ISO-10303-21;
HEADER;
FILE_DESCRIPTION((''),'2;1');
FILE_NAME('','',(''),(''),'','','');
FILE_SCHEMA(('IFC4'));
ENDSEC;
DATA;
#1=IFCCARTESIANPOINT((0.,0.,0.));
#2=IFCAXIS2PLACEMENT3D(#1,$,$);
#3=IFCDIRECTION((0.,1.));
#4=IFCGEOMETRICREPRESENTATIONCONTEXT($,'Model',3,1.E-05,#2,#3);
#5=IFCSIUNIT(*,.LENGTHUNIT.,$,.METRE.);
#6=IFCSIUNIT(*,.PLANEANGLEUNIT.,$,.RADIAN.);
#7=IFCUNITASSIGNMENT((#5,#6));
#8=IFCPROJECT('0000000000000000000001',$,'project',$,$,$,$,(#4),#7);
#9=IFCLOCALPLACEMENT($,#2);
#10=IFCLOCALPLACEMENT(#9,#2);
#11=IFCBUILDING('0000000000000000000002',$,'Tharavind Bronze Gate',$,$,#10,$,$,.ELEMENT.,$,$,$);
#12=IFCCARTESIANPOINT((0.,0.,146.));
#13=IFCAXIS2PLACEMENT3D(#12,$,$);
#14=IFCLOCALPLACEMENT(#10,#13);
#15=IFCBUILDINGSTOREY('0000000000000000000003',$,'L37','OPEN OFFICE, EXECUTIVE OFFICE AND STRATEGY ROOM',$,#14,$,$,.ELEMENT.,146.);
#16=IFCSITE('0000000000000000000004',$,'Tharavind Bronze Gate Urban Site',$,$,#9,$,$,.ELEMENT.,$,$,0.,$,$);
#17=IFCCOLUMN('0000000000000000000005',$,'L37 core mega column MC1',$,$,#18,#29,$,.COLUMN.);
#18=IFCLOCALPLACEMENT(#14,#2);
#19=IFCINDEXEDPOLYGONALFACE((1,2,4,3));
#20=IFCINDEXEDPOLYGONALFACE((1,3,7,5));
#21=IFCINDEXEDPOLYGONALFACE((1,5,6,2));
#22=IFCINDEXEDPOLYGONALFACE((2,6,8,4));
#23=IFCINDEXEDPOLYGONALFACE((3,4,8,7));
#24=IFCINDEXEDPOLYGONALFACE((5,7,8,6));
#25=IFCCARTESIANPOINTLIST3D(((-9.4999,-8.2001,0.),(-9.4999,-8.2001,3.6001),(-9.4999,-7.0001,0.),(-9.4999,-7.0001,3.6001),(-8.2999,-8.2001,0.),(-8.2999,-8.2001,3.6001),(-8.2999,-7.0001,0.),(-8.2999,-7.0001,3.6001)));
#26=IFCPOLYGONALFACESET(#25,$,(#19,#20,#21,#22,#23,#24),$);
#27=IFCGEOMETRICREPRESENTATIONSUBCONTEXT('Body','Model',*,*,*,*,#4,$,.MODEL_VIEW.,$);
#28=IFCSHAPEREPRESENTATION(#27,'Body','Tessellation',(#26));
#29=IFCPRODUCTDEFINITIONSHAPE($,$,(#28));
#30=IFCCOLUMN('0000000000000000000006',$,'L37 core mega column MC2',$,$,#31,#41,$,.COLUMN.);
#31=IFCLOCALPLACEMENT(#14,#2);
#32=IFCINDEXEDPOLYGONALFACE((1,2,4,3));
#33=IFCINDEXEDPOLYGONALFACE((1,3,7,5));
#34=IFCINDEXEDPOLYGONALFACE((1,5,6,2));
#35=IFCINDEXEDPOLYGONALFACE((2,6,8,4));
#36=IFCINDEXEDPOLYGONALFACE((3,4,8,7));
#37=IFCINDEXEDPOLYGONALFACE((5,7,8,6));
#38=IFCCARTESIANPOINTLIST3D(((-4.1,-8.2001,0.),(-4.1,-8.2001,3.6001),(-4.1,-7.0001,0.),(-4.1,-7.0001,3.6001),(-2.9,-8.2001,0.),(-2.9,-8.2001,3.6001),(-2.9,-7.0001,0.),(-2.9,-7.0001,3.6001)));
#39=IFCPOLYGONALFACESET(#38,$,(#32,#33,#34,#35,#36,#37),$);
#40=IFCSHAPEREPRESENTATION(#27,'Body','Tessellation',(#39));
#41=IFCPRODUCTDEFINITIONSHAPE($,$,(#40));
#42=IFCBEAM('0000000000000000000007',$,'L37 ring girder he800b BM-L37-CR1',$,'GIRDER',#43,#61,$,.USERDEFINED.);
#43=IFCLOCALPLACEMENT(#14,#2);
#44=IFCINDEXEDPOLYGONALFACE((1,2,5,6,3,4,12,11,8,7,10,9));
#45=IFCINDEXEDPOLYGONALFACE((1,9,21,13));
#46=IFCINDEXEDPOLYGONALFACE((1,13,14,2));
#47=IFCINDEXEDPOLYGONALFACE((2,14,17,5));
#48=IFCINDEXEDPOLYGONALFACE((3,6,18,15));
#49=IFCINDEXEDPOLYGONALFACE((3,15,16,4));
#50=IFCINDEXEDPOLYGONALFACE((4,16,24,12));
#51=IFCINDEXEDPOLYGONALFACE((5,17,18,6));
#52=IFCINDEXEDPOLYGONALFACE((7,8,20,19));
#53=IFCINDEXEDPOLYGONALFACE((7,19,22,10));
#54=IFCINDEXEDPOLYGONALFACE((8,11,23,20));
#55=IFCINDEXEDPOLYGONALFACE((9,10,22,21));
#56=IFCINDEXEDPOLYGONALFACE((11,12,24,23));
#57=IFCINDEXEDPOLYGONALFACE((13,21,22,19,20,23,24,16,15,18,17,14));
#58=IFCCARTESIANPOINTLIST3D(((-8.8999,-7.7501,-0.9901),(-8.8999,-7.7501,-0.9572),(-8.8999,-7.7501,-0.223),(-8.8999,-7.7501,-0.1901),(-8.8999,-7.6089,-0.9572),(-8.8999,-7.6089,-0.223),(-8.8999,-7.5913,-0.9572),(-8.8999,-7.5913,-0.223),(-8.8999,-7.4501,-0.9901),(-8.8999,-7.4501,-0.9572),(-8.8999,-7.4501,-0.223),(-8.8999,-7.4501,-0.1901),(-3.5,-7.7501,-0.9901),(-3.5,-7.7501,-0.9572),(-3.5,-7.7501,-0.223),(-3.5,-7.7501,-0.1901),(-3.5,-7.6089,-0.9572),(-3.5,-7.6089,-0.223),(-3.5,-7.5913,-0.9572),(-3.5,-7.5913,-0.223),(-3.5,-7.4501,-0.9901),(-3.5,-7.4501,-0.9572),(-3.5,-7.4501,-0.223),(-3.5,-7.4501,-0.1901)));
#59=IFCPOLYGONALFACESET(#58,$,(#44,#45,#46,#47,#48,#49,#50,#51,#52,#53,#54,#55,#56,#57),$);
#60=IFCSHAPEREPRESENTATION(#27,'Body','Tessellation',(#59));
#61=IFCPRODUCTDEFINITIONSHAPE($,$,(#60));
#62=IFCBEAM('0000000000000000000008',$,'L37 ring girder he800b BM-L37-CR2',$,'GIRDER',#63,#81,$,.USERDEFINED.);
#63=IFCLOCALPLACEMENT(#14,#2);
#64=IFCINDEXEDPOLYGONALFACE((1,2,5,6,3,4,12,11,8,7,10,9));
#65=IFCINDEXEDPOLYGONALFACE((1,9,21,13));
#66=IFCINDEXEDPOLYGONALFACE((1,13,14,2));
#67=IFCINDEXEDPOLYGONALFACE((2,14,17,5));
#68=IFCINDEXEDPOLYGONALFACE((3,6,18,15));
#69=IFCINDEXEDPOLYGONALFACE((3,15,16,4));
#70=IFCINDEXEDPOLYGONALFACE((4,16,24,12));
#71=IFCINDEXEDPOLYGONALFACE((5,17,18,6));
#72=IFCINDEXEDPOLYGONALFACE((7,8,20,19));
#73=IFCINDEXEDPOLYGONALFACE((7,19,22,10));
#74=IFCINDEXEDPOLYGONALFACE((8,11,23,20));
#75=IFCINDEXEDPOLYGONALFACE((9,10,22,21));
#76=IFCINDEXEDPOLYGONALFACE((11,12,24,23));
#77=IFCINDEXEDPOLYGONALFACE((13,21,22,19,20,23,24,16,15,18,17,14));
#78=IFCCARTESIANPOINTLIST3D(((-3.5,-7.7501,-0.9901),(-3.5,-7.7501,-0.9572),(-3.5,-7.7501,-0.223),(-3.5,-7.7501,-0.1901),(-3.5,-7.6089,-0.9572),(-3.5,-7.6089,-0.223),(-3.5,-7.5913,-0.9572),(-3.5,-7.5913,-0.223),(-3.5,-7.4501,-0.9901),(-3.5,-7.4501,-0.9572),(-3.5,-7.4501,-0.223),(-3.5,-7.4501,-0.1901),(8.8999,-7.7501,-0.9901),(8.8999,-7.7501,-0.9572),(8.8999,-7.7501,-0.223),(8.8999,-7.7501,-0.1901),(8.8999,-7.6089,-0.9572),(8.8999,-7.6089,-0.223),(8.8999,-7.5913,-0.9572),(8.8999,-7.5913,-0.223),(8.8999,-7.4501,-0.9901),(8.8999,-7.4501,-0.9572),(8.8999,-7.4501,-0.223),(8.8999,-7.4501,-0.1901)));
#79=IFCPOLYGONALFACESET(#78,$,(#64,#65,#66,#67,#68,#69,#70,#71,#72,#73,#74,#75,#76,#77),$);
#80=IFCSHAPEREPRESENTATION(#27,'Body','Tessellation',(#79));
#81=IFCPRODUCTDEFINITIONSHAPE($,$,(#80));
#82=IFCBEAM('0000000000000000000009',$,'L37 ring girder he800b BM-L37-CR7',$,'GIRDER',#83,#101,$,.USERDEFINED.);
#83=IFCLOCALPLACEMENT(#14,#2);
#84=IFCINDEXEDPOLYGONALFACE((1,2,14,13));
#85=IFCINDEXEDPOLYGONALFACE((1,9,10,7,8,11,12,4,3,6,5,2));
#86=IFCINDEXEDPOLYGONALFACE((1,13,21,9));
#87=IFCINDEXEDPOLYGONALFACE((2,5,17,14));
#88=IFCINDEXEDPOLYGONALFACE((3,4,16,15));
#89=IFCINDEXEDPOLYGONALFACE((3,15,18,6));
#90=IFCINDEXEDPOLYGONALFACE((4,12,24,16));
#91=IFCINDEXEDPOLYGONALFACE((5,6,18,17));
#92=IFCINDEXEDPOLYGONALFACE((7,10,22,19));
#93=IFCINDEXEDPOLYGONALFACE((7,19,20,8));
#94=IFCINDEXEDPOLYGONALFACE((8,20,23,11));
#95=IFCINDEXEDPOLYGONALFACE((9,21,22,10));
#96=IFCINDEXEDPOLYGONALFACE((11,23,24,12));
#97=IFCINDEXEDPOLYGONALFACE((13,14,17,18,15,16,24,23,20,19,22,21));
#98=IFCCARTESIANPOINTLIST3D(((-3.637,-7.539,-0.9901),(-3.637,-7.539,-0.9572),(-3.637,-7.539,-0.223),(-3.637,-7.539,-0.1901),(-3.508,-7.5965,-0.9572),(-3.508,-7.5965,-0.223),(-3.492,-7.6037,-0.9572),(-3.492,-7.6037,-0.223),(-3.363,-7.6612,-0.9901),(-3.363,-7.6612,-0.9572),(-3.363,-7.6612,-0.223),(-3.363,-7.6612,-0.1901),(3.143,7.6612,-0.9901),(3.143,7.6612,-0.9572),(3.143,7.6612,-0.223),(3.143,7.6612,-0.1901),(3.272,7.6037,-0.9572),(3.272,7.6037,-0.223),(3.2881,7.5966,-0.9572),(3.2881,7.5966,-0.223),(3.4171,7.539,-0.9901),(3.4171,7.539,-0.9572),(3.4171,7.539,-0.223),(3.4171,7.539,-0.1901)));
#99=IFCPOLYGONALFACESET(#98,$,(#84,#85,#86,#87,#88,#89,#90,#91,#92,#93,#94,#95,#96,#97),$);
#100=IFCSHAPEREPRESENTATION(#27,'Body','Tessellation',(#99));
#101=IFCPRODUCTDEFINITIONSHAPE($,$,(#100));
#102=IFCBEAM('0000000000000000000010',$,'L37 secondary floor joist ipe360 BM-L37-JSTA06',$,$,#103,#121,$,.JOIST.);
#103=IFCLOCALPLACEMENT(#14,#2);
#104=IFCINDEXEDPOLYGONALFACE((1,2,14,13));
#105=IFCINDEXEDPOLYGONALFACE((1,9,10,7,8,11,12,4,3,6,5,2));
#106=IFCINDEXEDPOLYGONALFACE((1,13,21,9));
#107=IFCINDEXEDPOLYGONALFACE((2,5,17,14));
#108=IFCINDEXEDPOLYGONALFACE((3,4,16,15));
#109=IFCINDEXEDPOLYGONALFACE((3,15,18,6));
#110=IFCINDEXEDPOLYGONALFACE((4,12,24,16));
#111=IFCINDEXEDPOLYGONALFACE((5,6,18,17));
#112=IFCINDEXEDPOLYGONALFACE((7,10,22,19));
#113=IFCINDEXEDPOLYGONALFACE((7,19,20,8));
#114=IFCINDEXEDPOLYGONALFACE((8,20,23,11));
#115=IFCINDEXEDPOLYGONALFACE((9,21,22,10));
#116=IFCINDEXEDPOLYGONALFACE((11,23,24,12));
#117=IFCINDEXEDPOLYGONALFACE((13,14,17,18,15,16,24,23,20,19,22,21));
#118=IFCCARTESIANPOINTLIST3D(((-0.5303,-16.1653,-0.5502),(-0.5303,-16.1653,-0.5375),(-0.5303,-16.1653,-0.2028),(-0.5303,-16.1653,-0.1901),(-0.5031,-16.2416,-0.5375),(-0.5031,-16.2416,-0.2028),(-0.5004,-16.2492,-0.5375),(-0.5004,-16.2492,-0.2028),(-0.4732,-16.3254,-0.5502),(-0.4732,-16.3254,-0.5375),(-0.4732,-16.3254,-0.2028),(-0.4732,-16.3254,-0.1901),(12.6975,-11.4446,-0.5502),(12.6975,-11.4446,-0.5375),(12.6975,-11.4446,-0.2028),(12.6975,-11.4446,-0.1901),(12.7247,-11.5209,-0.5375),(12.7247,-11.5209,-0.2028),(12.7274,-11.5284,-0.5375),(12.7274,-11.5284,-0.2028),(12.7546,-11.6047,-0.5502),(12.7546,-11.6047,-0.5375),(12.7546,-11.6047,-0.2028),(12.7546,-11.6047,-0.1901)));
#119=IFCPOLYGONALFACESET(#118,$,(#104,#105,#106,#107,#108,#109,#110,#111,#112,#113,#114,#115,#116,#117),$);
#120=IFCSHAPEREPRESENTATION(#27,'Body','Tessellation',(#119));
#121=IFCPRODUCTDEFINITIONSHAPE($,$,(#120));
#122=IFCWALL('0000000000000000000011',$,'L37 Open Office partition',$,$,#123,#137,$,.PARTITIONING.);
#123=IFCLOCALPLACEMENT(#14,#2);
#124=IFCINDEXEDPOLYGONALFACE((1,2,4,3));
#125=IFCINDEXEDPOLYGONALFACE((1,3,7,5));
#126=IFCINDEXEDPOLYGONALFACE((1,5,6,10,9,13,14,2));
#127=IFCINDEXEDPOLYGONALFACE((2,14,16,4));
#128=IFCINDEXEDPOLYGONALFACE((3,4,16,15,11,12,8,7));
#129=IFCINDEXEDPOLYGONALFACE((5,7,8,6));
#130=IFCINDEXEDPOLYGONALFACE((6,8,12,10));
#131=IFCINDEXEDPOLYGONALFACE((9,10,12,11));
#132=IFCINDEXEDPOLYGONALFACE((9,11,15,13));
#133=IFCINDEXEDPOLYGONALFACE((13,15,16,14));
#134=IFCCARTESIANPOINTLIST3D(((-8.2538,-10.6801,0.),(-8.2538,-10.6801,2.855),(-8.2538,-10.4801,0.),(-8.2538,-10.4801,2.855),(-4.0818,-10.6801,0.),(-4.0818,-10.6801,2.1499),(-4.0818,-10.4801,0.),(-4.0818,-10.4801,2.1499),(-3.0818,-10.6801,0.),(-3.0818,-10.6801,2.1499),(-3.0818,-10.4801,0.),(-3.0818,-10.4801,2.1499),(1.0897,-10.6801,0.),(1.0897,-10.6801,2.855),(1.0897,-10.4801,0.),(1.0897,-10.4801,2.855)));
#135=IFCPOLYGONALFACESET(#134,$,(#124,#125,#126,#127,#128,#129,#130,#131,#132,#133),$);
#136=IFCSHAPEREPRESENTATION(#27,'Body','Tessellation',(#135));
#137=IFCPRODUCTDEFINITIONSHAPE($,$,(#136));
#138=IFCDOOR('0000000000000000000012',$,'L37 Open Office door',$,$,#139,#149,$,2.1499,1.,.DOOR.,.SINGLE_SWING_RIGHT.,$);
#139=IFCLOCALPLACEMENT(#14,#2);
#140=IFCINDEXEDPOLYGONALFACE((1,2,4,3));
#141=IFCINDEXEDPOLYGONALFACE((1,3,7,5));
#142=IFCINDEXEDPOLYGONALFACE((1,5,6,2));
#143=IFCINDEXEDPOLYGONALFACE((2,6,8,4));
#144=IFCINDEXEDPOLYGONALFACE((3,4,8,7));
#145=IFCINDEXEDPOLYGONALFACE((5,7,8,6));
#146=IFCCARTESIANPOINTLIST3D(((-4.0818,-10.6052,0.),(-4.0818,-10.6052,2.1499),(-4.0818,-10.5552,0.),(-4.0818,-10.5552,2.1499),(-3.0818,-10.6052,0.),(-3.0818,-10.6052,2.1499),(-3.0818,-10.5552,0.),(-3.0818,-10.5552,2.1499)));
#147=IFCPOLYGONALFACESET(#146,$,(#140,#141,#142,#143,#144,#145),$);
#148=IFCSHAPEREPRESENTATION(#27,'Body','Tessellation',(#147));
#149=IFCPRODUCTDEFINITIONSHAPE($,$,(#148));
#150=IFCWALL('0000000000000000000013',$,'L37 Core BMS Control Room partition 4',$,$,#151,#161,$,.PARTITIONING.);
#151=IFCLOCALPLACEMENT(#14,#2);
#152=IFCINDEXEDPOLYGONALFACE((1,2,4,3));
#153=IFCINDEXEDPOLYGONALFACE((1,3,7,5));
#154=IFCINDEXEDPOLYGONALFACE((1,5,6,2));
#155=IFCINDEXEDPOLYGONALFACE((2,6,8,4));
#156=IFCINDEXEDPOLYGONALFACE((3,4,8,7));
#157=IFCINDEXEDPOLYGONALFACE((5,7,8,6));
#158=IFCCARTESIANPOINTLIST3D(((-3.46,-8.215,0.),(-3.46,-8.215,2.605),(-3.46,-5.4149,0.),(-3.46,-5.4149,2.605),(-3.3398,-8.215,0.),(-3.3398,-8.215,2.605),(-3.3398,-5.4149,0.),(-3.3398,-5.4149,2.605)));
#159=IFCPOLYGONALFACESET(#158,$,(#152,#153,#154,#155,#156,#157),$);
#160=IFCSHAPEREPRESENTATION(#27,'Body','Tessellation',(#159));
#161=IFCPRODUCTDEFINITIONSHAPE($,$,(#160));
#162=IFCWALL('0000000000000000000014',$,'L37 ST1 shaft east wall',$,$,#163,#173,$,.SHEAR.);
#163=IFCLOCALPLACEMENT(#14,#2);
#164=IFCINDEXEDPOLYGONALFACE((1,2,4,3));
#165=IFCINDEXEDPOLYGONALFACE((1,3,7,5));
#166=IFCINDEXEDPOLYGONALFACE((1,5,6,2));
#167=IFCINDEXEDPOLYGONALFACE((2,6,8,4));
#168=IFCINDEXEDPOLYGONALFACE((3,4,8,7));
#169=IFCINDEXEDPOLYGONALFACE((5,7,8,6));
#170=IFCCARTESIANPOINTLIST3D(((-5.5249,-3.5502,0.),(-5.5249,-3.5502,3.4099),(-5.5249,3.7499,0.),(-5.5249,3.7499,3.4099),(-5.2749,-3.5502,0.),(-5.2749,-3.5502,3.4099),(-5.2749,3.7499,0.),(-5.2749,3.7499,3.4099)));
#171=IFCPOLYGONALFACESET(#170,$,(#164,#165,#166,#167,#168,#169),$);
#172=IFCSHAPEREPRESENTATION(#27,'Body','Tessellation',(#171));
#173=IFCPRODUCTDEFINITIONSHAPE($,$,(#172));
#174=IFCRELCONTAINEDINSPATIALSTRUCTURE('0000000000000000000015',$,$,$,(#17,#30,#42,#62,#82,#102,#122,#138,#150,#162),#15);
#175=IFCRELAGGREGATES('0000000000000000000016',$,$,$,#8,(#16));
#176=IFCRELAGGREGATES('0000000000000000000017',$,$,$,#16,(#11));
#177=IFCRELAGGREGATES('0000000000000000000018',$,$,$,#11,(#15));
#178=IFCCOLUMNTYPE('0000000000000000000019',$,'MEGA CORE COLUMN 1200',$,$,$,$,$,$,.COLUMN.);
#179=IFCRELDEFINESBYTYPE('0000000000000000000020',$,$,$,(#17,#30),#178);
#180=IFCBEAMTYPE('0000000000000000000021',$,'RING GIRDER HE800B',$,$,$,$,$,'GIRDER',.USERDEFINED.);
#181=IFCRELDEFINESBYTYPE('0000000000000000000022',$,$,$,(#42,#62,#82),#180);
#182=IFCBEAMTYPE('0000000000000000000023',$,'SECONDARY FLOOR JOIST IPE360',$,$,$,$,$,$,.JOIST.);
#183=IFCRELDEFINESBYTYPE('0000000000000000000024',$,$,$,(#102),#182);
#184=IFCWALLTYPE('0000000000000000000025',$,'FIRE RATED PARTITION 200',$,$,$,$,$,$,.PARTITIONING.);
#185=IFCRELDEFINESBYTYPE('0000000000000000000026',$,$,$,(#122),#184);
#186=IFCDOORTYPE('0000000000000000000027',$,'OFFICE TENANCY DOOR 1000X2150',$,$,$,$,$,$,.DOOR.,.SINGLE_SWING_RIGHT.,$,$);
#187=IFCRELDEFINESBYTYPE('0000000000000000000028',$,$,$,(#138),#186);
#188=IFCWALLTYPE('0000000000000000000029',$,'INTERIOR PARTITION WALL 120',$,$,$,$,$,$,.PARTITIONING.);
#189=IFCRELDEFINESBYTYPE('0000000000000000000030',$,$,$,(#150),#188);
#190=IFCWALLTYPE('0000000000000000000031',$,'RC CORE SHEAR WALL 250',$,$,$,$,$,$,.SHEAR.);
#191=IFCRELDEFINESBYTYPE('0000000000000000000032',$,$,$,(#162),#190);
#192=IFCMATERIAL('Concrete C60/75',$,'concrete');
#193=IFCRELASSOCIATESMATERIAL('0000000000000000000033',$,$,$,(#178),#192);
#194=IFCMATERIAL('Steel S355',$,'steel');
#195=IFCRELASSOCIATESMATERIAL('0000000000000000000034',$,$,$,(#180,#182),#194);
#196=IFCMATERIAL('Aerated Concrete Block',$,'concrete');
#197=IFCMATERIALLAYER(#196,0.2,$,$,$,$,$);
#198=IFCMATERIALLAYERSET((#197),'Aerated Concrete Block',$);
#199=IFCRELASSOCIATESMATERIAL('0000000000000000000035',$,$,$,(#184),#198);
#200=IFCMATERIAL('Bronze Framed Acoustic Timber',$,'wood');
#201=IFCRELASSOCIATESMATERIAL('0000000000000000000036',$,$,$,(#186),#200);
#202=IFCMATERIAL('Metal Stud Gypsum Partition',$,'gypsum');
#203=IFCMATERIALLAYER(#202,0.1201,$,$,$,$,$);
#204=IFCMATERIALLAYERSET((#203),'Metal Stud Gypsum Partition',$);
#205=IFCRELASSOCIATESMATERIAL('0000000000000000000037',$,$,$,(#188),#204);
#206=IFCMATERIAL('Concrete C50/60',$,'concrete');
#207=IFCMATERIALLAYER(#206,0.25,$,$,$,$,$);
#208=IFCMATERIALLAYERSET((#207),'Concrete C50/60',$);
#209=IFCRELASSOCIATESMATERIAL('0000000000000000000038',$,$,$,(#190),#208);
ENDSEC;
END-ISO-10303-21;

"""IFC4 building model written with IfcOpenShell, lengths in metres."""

from ifc_helpers import new_model, si_unit, direction, frame, frame_2d, origin, origin_2d, place, context, subcontext, project, spatial, rectangle, i_section, extrude, material, layer, layer_set, material_profile, profile_set, type_object, element, fill, save


model = new_model("IFC4")

# Units and contexts
model_context = context("Model", 3, precision=1e-05, world=origin(), true_north=direction((0.0, 1.0)))
body_context = subcontext(model_context, "Body", "Model", "MODEL_VIEW")
ifc_project = project(units=[si_unit("LENGTHUNIT", "METRE"), si_unit("PLANEANGLEUNIT", "RADIAN")], contexts=[model_context])

# Site, building, storey
site_placement = place(None, origin())
site = spatial("IfcSite", under=ifc_project, at=site_placement, Name="Tharavind Bronze Gate Urban Site", CompositionType="ELEMENT", RefElevation=0.0)
building_placement = place(site_placement, origin())
building = spatial("IfcBuilding", under=site, at=building_placement, Name="Tharavind Bronze Gate", CompositionType="ELEMENT")
storey_placement = place(building_placement, frame((0.0, 0.0, 146.0)))
storey = spatial("IfcBuildingStorey", under=building, at=storey_placement, Name="L37", Description="OPEN OFFICE, EXECUTIVE OFFICE AND STRATEGY ROOM", CompositionType="ELEMENT", Elevation=146.0)

# Columns
ifc_material_1 = material(Name="Concrete C60/75", Category="concrete")
ifc_material_profile_1 = material_profile(ifc_material_1, rectangle(XDim=1.2, YDim=1.2, at=origin_2d()), Name="RCCOL1200")
ifc_profile_set_1 = profile_set([ifc_material_profile_1], Name="Concrete C60/75")
column_type = type_object("IfcColumnType", Name="MEGA CORE COLUMN 1200", PredefinedType="COLUMN", material=ifc_profile_set_1)
for number, where, z_axis, x_axis, name in (
    (1, (-8.8999, -7.6001, 0.0), (0.0, 0.0, 1.0), (1.0, 0.0, 0.0), "L37 core mega column MC1"),
    (2, (-3.5, -7.6001, 0.0), (0.0, 0.0, 1.0), (1.0, 0.0, 0.0), "L37 core mega column MC2"),
):
    element("IfcColumn", number, at=place(storey_placement, frame(where, z_axis=z_axis, x_axis=x_axis)), inside=storey, type_object=column_type, Name=name, PredefinedType="COLUMN", context=body_context, shape_type="SweptSolid", body=[
        extrude(rectangle(XDim=1.2, YDim=1.2, at=origin_2d()), origin(), (0.0, 0.0, 1.0), 3.6001),
    ])

# Beams
ifc_material_2 = material(Name="Steel S355", Category="steel")
ifc_material_profile_2 = material_profile(ifc_material_2, i_section(OverallWidth=0.3, OverallDepth=0.8, WebThickness=0.0176, FlangeThickness=0.033, at=origin_2d()), Name="HE800B")
ifc_profile_set_2 = profile_set([ifc_material_profile_2], Name="Steel S355")
beam_type_1 = type_object("IfcBeamType", Name="RING GIRDER HE800B", ElementType="GIRDER", PredefinedType="USERDEFINED", material=ifc_profile_set_2)
beam_1_placement = place(storey_placement, frame((-8.8999, -7.6001, -0.5901), z_axis=(1.0, 0.0, 0.0), x_axis=(0.0, 1.0, 0.0)))
element("IfcBeam", 3, at=beam_1_placement, inside=storey, type_object=beam_type_1, Name="L37 ring girder he800b BM-L37-CR1", ObjectType="GIRDER", PredefinedType="USERDEFINED", context=body_context, shape_type="SweptSolid", body=[
    extrude(i_section(OverallWidth=0.3, OverallDepth=0.8, WebThickness=0.0176, FlangeThickness=0.033, at=origin_2d()), origin(), (0.0, 0.0, 1.0), 5.3999),
])
beam_2_placement = place(storey_placement, frame((-3.5, -7.6001, -0.5901), z_axis=(1.0, 0.0, 0.0), x_axis=(0.0, 1.0, 0.0)))
element("IfcBeam", 4, at=beam_2_placement, inside=storey, type_object=beam_type_1, Name="L37 ring girder he800b BM-L37-CR2", ObjectType="GIRDER", PredefinedType="USERDEFINED", context=body_context, shape_type="SweptSolid", body=[
    extrude(i_section(OverallWidth=0.3, OverallDepth=0.8, WebThickness=0.0176, FlangeThickness=0.033, at=origin_2d()), origin(), (0.0, 0.0, 1.0), 12.3999),
])
beam_3_placement = place(storey_placement, frame((-3.5, -7.6001, -0.5901), z_axis=(0.407362, 0.913267, 0.0), x_axis=(-0.913267, 0.407362, 0.0)))
element("IfcBeam", 5, at=beam_3_placement, inside=storey, type_object=beam_type_1, Name="L37 ring girder he800b BM-L37-CR7", ObjectType="GIRDER", PredefinedType="USERDEFINED", context=body_context, shape_type="SweptSolid", body=[
    extrude(i_section(OverallWidth=0.3, OverallDepth=0.8, WebThickness=0.0176, FlangeThickness=0.033, at=origin_2d()), origin(), (0.0, 0.0, 1.0), 16.6438),
])
ifc_material_profile_3 = material_profile(ifc_material_2, i_section(OverallWidth=0.1699, OverallDepth=0.3601, WebThickness=0.0081, FlangeThickness=0.0127, at=origin_2d()), Name="IPE360")
ifc_profile_set_3 = profile_set([ifc_material_profile_3], Name="Steel S355")
beam_type_2 = type_object("IfcBeamType", Name="SECONDARY FLOOR JOIST IPE360", PredefinedType="JOIST", material=ifc_profile_set_3)
beam_4_placement = place(storey_placement, frame((-0.5017, -16.2454, -0.3701), z_axis=(0.941821, 0.336115, 0.0), x_axis=(-0.336115, 0.941821, 0.0)))
element("IfcBeam", 6, at=beam_4_placement, inside=storey, type_object=beam_type_2, Name="L37 secondary floor joist ipe360 BM-L37-JSTA06", PredefinedType="JOIST", context=body_context, shape_type="SweptSolid", body=[
    extrude(i_section(OverallWidth=0.1699, OverallDepth=0.3601, WebThickness=0.0081, FlangeThickness=0.0127, at=origin_2d()), origin(), (0.0, 0.0, 1.0), 14.0449),
])

# Wall, opening, door
ifc_material_3 = material(Name="Aerated Concrete Block", Category="concrete")
ifc_layer_1 = layer(ifc_material_3, 0.2)
ifc_layer_set_1 = layer_set([ifc_layer_1], Name="Aerated Concrete Block")
wall_type_1 = type_object("IfcWallType", Name="FIRE RATED PARTITION 200", PredefinedType="PARTITIONING", material=ifc_layer_set_1)
wall_1_placement = place(storey_placement, frame((-8.2539, -10.5801, 0.0), z_axis=(0.0, 0.0, 1.0), x_axis=(1.0, 0.0, 0.0)))
wall_1 = element("IfcWall", 7, at=wall_1_placement, inside=storey, type_object=wall_type_1, Name="L37 Open Office partition", PredefinedType="PARTITIONING", context=body_context, shape_type="SweptSolid", body=[
    extrude(rectangle(XDim=9.3435, YDim=0.2, at=frame_2d((4.6719, 0.0))), origin(), (0.0, 0.0, 1.0), 2.855),
])
opening_1_placement = place(wall_1_placement, frame((4.1721, 0.0, 0.0)))
opening_1 = element("IfcOpeningElement", 8, at=opening_1_placement, cuts=wall_1, PredefinedType="OPENING", context=body_context, shape_type="SweptSolid", body=[
    extrude(rectangle(XDim=1.0, YDim=2.1499, at=frame_2d((0.5, 1.075))), frame((0.0, 0.1101, 0.0), z_axis=(0.0, -1.0, 0.0), x_axis=(1.0, 0.0, 0.0)), (0.0, 0.0, 1.0), 0.22),
])
ifc_material_4 = material(Name="Bronze Framed Acoustic Timber", Category="wood")
door_type_1 = type_object("IfcDoorType", Name="OFFICE TENANCY DOOR 1000X2150", OperationType="SINGLE_SWING_RIGHT", PredefinedType="DOOR", material=ifc_material_4)
door_1_placement = place(opening_1_placement, origin())
door_1 = element("IfcDoor", 9, at=door_1_placement, inside=storey, type_object=door_type_1, Name="L37 Open Office door", OperationType="SINGLE_SWING_RIGHT", OverallHeight=2.1499, OverallWidth=1.0, PredefinedType="DOOR", context=body_context, shape_type="SweptSolid", body=[
    extrude(rectangle(XDim=1.0, YDim=2.1499, at=frame_2d((0.5, 1.075))), frame((0.0, 0.0249, 0.0), z_axis=(0.0, -1.0, 0.0), x_axis=(1.0, 0.0, 0.0)), (0.0, 0.0, 1.0), 0.05),
])
fill(opening_1, door_1)

# Walls
ifc_material_5 = material(Name="Metal Stud Gypsum Partition", Category="gypsum")
ifc_layer_2 = layer(ifc_material_5, 0.1201)
ifc_layer_set_2 = layer_set([ifc_layer_2], Name="Metal Stud Gypsum Partition")
wall_type_2 = type_object("IfcWallType", Name="INTERIOR PARTITION WALL 120", PredefinedType="PARTITIONING", material=ifc_layer_set_2)
wall_2_placement = place(storey_placement, frame((-3.3999, -5.415, 0.0), z_axis=(0.0, 0.0, 1.0), x_axis=(0.0, -1.0, 0.0)))
element("IfcWall", 10, at=wall_2_placement, inside=storey, type_object=wall_type_2, Name="L37 Core BMS Control Room partition 4", PredefinedType="PARTITIONING", context=body_context, shape_type="SweptSolid", body=[
    extrude(rectangle(XDim=2.8, YDim=0.1201, at=frame_2d((1.3999, 0.0))), origin(), (0.0, 0.0, 1.0), 2.605),
])
ifc_material_6 = material(Name="Concrete C50/60", Category="concrete")
ifc_layer_3 = layer(ifc_material_6, 0.25)
ifc_layer_set_3 = layer_set([ifc_layer_3], Name="Concrete C50/60")
wall_type_3 = type_object("IfcWallType", Name="RC CORE SHEAR WALL 250", PredefinedType="SHEAR", material=ifc_layer_set_3)
wall_3_placement = place(storey_placement, frame((-5.3999, -3.55, 0.0), z_axis=(0.0, 0.0, 1.0), x_axis=(0.0, 1.0, 0.0)))
element("IfcWall", 11, at=wall_3_placement, inside=storey, type_object=wall_type_3, Name="L37 ST1 shaft east wall", PredefinedType="SHEAR", context=body_context, shape_type="SweptSolid", body=[
    extrude(rectangle(XDim=7.3, YDim=0.25, at=frame_2d((3.6499, 0.0))), origin(), (0.0, 0.0, 1.0), 3.4099),
])

save(model, "model.ifc")
